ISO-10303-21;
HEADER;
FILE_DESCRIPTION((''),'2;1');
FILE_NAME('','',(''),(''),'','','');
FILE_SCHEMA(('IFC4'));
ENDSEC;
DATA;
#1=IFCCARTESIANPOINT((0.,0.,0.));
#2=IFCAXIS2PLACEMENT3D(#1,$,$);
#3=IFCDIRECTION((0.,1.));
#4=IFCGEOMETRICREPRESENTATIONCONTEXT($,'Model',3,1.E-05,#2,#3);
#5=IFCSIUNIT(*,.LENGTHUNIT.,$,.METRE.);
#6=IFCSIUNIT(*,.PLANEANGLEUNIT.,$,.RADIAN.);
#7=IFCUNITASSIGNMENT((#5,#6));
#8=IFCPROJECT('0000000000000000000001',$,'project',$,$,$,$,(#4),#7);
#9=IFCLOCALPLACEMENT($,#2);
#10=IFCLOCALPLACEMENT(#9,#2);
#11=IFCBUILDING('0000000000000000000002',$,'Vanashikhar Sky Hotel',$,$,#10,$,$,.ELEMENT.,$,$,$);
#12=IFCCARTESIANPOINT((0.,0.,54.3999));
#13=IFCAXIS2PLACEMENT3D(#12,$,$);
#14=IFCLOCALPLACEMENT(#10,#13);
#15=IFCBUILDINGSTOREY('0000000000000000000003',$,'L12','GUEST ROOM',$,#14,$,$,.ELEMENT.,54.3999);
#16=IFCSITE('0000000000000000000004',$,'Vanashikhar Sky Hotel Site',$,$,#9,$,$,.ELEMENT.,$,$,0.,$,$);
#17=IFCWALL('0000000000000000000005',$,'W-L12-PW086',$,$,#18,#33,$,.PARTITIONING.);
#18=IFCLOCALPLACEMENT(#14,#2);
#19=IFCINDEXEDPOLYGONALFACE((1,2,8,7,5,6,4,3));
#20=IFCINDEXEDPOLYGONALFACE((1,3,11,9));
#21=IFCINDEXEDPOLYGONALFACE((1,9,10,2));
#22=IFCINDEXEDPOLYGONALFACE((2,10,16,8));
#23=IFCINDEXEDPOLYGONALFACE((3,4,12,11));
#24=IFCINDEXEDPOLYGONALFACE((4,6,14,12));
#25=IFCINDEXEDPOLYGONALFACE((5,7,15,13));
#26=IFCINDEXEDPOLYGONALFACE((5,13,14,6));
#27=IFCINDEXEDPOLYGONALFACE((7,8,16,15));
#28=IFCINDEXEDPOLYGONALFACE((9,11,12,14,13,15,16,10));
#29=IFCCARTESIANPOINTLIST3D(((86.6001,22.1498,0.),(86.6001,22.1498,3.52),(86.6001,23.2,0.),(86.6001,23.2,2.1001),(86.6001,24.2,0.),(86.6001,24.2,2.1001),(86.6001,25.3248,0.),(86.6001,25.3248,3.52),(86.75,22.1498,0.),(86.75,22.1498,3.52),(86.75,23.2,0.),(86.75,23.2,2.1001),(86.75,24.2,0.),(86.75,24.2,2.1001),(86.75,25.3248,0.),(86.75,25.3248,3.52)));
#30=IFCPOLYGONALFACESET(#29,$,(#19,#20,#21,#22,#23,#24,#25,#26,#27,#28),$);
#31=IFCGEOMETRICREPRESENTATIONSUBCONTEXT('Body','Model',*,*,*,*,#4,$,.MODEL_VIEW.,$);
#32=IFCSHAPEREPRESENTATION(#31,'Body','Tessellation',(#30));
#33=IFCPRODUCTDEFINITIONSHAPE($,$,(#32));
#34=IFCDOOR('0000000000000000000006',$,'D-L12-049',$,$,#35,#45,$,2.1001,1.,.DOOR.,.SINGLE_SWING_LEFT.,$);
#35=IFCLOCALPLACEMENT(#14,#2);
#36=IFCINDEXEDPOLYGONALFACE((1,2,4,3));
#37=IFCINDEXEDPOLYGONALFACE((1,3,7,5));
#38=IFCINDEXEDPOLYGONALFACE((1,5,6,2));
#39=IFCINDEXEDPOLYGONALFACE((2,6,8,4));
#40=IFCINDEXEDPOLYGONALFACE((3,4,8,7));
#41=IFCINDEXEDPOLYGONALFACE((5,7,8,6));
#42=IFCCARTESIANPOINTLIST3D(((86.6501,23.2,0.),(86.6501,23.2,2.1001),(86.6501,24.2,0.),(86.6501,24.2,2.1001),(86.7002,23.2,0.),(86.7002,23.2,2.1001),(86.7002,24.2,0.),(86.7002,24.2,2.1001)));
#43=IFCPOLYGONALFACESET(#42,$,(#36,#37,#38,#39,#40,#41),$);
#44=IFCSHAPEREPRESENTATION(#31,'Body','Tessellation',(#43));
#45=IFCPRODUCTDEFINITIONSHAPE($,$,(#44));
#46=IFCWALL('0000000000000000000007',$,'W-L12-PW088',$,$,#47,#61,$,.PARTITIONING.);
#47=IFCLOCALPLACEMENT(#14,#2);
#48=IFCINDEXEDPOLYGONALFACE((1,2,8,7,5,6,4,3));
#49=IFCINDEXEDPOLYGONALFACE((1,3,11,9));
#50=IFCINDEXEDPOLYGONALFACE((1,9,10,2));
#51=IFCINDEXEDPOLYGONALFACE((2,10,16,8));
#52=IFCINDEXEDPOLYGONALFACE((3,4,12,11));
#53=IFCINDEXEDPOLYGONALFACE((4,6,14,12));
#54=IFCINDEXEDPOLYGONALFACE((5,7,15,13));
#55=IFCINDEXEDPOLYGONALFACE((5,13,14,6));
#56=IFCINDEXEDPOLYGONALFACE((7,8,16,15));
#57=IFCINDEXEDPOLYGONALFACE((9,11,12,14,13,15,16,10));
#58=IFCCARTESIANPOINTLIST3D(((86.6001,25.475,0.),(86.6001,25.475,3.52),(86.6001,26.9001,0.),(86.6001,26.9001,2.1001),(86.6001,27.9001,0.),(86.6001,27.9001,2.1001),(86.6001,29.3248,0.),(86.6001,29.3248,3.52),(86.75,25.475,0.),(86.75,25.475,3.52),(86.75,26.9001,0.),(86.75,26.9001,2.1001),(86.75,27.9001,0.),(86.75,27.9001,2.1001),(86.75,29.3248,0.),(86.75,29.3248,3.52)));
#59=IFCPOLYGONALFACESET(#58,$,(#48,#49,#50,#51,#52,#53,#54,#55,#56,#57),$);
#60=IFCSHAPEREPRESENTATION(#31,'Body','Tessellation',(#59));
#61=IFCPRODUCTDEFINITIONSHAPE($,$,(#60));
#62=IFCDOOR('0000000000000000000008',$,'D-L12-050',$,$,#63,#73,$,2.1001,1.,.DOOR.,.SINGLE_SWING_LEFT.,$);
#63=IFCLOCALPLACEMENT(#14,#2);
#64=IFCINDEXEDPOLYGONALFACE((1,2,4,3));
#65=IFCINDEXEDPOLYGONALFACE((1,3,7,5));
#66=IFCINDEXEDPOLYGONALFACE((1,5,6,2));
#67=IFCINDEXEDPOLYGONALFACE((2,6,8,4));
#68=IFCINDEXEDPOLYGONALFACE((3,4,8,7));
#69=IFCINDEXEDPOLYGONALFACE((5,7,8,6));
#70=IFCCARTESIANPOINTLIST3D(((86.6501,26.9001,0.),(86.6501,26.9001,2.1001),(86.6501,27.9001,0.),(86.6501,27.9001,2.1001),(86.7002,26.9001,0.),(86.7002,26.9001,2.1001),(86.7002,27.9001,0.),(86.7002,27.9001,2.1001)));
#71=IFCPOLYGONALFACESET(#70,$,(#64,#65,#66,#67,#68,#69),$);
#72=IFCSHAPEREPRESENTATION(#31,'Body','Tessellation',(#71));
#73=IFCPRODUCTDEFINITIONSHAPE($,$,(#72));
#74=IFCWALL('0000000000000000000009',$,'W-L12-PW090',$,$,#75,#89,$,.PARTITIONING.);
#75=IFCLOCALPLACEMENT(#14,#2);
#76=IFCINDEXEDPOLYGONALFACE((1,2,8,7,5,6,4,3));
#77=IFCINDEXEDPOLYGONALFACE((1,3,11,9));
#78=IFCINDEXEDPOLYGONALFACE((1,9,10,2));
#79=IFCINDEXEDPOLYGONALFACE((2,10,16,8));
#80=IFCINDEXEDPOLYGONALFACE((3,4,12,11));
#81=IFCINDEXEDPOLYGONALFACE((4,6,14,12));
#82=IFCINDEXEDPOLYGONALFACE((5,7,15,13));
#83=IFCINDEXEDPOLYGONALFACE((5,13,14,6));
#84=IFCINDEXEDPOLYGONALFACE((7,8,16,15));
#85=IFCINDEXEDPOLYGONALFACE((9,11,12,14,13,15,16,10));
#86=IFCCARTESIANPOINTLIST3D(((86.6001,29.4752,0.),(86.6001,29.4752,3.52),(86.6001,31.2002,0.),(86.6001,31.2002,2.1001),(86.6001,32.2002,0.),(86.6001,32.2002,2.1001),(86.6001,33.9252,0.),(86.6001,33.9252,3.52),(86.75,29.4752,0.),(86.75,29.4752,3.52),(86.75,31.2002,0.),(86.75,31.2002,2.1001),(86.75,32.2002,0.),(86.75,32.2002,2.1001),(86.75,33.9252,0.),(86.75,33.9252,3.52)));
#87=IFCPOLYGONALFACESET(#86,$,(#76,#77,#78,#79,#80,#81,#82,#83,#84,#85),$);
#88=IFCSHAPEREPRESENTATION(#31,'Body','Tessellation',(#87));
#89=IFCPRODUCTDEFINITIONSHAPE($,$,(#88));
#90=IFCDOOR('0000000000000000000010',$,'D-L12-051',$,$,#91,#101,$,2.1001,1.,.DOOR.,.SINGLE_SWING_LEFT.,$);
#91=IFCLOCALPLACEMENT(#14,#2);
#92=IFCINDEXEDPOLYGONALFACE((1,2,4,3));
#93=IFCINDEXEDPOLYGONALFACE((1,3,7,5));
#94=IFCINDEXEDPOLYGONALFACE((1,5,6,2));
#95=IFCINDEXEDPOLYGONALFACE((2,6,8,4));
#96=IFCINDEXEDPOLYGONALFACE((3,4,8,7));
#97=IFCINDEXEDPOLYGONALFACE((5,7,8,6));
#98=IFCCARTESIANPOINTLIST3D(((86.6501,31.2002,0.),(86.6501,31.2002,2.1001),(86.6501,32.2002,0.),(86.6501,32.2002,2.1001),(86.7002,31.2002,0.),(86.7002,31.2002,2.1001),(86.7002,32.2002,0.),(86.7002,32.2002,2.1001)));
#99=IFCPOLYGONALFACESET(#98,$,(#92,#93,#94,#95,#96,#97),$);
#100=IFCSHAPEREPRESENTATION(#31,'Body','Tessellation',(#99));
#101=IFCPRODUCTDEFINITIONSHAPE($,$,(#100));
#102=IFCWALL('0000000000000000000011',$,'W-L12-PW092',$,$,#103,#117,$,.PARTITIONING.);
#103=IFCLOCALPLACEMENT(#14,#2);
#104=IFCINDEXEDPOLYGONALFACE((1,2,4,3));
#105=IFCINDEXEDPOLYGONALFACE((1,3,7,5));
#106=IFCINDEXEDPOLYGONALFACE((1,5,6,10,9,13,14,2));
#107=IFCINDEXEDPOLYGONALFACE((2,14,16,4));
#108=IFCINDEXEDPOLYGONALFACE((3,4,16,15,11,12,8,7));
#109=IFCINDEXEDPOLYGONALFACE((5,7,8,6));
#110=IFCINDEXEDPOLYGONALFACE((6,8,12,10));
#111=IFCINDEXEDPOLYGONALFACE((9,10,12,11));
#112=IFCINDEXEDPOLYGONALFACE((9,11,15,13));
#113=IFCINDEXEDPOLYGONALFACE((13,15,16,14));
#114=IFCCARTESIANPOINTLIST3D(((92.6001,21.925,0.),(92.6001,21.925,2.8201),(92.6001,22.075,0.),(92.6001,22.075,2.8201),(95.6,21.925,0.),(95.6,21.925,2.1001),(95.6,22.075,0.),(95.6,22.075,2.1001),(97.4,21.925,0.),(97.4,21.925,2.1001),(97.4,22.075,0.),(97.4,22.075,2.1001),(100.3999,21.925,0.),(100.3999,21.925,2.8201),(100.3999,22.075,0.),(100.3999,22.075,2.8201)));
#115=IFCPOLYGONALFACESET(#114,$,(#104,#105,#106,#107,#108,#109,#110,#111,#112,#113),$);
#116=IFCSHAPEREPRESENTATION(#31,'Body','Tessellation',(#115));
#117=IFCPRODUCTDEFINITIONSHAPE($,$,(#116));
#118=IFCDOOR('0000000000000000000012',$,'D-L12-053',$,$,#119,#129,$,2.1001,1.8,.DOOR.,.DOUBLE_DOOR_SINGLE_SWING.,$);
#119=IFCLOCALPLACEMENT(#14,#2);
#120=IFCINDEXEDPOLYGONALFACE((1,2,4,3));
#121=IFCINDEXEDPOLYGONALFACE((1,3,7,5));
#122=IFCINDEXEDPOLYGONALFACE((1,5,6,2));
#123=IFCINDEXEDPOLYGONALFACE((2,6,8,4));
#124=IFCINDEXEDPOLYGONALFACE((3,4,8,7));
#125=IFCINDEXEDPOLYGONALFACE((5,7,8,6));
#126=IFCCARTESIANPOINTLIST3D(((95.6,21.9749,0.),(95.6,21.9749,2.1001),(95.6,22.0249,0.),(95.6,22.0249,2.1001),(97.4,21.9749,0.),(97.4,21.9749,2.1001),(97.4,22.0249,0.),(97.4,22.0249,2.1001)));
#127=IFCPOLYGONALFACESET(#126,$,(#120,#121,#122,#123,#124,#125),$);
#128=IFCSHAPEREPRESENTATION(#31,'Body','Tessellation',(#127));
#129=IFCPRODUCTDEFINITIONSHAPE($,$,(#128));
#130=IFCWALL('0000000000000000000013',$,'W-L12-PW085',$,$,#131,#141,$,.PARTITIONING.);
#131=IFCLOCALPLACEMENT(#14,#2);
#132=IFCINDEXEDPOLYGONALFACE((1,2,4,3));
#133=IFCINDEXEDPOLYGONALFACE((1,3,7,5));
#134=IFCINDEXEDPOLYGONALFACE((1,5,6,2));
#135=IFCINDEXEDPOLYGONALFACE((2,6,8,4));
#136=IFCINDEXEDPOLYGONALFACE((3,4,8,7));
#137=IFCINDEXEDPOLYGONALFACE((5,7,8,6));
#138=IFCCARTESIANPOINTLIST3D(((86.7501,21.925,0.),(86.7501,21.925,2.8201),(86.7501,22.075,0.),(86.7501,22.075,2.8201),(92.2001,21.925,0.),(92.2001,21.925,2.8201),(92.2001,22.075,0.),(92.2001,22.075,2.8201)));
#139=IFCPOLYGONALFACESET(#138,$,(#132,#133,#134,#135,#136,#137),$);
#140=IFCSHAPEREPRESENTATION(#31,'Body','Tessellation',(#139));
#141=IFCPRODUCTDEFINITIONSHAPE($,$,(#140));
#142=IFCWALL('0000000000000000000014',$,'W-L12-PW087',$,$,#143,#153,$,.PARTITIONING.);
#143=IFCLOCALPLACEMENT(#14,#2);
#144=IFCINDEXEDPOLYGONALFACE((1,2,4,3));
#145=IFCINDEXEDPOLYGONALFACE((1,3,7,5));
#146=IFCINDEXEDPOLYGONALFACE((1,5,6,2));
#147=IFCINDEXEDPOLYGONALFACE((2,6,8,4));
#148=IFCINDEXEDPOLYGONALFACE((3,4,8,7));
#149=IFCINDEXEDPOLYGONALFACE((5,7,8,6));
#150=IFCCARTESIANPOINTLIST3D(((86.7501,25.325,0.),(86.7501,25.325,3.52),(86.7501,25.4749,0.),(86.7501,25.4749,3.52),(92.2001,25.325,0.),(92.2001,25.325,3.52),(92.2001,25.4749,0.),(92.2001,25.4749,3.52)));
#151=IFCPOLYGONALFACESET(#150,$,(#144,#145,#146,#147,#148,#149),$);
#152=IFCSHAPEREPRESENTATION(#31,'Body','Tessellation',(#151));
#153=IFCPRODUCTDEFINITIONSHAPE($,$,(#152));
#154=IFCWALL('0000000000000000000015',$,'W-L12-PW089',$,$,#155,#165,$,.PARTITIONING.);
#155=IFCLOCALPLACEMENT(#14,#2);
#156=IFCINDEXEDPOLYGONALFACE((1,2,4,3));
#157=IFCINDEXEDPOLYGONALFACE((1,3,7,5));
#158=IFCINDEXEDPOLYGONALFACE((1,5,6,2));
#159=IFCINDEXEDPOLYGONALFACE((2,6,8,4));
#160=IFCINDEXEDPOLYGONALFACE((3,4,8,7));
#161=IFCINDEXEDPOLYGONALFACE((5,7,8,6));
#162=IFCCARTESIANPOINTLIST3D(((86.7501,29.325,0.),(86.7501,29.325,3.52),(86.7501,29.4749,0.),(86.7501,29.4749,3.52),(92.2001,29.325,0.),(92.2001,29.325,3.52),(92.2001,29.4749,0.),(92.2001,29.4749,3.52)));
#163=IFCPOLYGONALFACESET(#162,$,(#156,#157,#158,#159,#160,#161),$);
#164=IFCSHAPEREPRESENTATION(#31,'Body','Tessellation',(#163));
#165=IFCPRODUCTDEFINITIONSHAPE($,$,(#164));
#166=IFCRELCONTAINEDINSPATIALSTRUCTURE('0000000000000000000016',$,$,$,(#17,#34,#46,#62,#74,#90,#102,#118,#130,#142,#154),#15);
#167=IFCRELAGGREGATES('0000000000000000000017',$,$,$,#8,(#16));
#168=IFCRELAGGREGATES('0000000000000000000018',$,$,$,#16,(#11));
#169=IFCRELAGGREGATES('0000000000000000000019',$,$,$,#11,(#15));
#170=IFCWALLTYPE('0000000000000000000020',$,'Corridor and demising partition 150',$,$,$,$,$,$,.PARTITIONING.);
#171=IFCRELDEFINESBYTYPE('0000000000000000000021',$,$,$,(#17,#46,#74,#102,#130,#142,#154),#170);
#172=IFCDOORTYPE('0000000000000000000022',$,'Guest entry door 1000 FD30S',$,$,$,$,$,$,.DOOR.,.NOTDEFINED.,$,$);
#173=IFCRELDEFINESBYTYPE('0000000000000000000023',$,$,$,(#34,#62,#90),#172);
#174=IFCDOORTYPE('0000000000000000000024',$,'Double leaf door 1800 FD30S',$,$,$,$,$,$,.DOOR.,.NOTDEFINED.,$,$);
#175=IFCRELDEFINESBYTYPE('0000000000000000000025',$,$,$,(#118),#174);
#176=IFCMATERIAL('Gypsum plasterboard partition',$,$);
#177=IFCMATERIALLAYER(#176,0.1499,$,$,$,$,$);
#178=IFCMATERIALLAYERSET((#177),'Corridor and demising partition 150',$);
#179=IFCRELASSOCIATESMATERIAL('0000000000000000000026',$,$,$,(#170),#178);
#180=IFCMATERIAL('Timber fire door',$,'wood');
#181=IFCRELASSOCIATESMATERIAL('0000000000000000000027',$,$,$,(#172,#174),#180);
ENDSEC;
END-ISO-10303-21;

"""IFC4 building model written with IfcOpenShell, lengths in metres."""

from ifc_helpers import new_model, si_unit, direction, frame, frame_2d, origin, place, context, subcontext, project, spatial, rectangle, extrude, source, transform, mapped, material, layer, layer_set, type_object, element, fill, save


model = new_model("IFC4")

# Units and contexts
model_context = context("Model", 3, precision=1e-05, world=origin(), true_north=direction((0.0, 1.0)))
body_context = subcontext(model_context, "Body", "Model", "MODEL_VIEW")
ifc_project = project(units=[si_unit("LENGTHUNIT", "METRE"), si_unit("PLANEANGLEUNIT", "RADIAN")], contexts=[model_context])

# Site, building, storey
site_placement = place(None, origin())
site = spatial("IfcSite", under=ifc_project, at=site_placement, Name="Vanashikhar Sky Hotel Site", CompositionType="ELEMENT", RefElevation=0.0)
building_placement = place(site_placement, origin())
building = spatial("IfcBuilding", under=site, at=building_placement, Name="Vanashikhar Sky Hotel", CompositionType="ELEMENT")
storey_placement = place(building_placement, frame((0.0, 0.0, 54.3999)))
storey = spatial("IfcBuildingStorey", under=building, at=storey_placement, Name="L12", Description="GUEST ROOM", CompositionType="ELEMENT", Elevation=54.3999)

# Walls, openings, doors
ifc_material_1 = material(Name="Gypsum plasterboard partition")
ifc_layer_1 = layer(ifc_material_1, 0.1499)
ifc_layer_set_1 = layer_set([ifc_layer_1], Name="Corridor and demising partition 150")
wall_type_1 = type_object("IfcWallType", Name="Corridor and demising partition 150", PredefinedType="PARTITIONING", material=ifc_layer_set_1)
shared_shape_1 = source(origin(), body_context, "Body", "SweptSolid", [
    extrude(rectangle(XDim=3.175, YDim=0.1499, at=frame_2d((1.5874, 0.0))), origin(), (0.0, 0.0, 1.0), 3.52),
])
wall_1_placement = place(storey_placement, frame((86.675, 22.1499, 0.0), z_axis=(0.0, 0.0, 1.0), x_axis=(0.0, 1.0, 0.0)))
wall_1 = element("IfcWall", 1, at=wall_1_placement, inside=storey, type_object=wall_type_1, Name="W-L12-PW086", PredefinedType="PARTITIONING", context=body_context, shape_type="MappedRepresentation", body=[
    mapped(shared_shape_1, transform((0.0, 0.0, 0.0), scale=1.0)),
])
shared_shape_2 = source(origin(), body_context, "Body", "SweptSolid", [
    extrude(rectangle(XDim=1.0, YDim=2.1001, at=frame_2d((0.5, 1.05))), frame((0.0, 0.085, 0.0), z_axis=(0.0, -1.0, 0.0), x_axis=(1.0, 0.0, 0.0)), (0.0, 0.0, 1.0), 0.1699),
])
opening_1_placement = place(wall_1_placement, frame((1.05, 0.0, 0.0)))
opening_1 = element("IfcOpeningElement", 2, at=opening_1_placement, cuts=wall_1, PredefinedType="OPENING", context=body_context, shape_type="MappedRepresentation", body=[
    mapped(shared_shape_2, transform((0.0, 0.0, 0.0), scale=1.0)),
])
ifc_material_2 = material(Name="Timber fire door", Category="wood")
door_type_1 = type_object("IfcDoorType", Name="Guest entry door 1000 FD30S", OperationType="NOTDEFINED", PredefinedType="DOOR", material=ifc_material_2)
shared_shape_3 = source(origin(), body_context, "Body", "SweptSolid", [
    extrude(rectangle(XDim=1.0, YDim=2.1001, at=frame_2d((0.5, 1.05))), frame((0.0, 0.0249, 0.0), z_axis=(0.0, -1.0, 0.0), x_axis=(1.0, 0.0, 0.0)), (0.0, 0.0, 1.0), 0.05),
])
door_1_placement = place(opening_1_placement, origin())
door_1 = element("IfcDoor", 3, at=door_1_placement, inside=storey, type_object=door_type_1, Name="D-L12-049", OperationType="SINGLE_SWING_LEFT", OverallHeight=2.1001, OverallWidth=1.0, PredefinedType="DOOR", context=body_context, shape_type="MappedRepresentation", body=[
    mapped(shared_shape_3, transform((0.0, 0.0, 0.0), scale=1.0)),
])
fill(opening_1, door_1)
shared_shape_4 = source(origin(), body_context, "Body", "SweptSolid", [
    extrude(rectangle(XDim=3.8499, YDim=0.1499, at=frame_2d((1.9248, 0.0))), origin(), (0.0, 0.0, 1.0), 3.52),
])
wall_2_placement = place(storey_placement, frame((86.675, 25.4751, 0.0), z_axis=(0.0, 0.0, 1.0), x_axis=(0.0, 1.0, 0.0)))
wall_2 = element("IfcWall", 4, at=wall_2_placement, inside=storey, type_object=wall_type_1, Name="W-L12-PW088", PredefinedType="PARTITIONING", context=body_context, shape_type="MappedRepresentation", body=[
    mapped(shared_shape_4, transform((0.0, 0.0, 0.0), scale=1.0)),
])
opening_2_placement = place(wall_2_placement, frame((1.425, 0.0, 0.0)))
opening_2 = element("IfcOpeningElement", 5, at=opening_2_placement, cuts=wall_2, PredefinedType="OPENING", context=body_context, shape_type="MappedRepresentation", body=[
    mapped(shared_shape_2, transform((0.0, 0.0, 0.0), scale=1.0)),
])
door_2_placement = place(opening_2_placement, origin())
door_2 = element("IfcDoor", 6, at=door_2_placement, inside=storey, type_object=door_type_1, Name="D-L12-050", OperationType="SINGLE_SWING_LEFT", OverallHeight=2.1001, OverallWidth=1.0, PredefinedType="DOOR", context=body_context, shape_type="MappedRepresentation", body=[
    mapped(shared_shape_3, transform((0.0, 0.0, 0.0), scale=1.0)),
])
fill(opening_2, door_2)
shared_shape_5 = source(origin(), body_context, "Body", "SweptSolid", [
    extrude(rectangle(XDim=4.45, YDim=0.1499, at=frame_2d((2.2251, 0.0))), origin(), (0.0, 0.0, 1.0), 3.52),
])
wall_3_placement = place(storey_placement, frame((86.675, 29.4751, 0.0), z_axis=(0.0, 0.0, 1.0), x_axis=(0.0, 1.0, 0.0)))
wall_3 = element("IfcWall", 7, at=wall_3_placement, inside=storey, type_object=wall_type_1, Name="W-L12-PW090", PredefinedType="PARTITIONING", context=body_context, shape_type="MappedRepresentation", body=[
    mapped(shared_shape_5, transform((0.0, 0.0, 0.0), scale=1.0)),
])
opening_3_placement = place(wall_3_placement, frame((1.7251, 0.0, 0.0)))
opening_3 = element("IfcOpeningElement", 8, at=opening_3_placement, cuts=wall_3, PredefinedType="OPENING", context=body_context, shape_type="MappedRepresentation", body=[
    mapped(shared_shape_2, transform((0.0, 0.0, 0.0), scale=1.0)),
])
door_3_placement = place(opening_3_placement, origin())
door_3 = element("IfcDoor", 9, at=door_3_placement, inside=storey, type_object=door_type_1, Name="D-L12-051", OperationType="SINGLE_SWING_LEFT", OverallHeight=2.1001, OverallWidth=1.0, PredefinedType="DOOR", context=body_context, shape_type="MappedRepresentation", body=[
    mapped(shared_shape_3, transform((0.0, 0.0, 0.0), scale=1.0)),
])
fill(opening_3, door_3)
shared_shape_6 = source(origin(), body_context, "Body", "SweptSolid", [
    extrude(rectangle(XDim=7.7998, YDim=0.1499, at=frame_2d((3.8999, 0.0))), origin(), (0.0, 0.0, 1.0), 2.8201),
])
wall_4_placement = place(storey_placement, frame((92.6001, 22.0, 0.0), z_axis=(0.0, 0.0, 1.0), x_axis=(1.0, 0.0, 0.0)))
wall_4 = element("IfcWall", 10, at=wall_4_placement, inside=storey, type_object=wall_type_1, Name="W-L12-PW092", PredefinedType="PARTITIONING", context=body_context, shape_type="MappedRepresentation", body=[
    mapped(shared_shape_6, transform((0.0, 0.0, 0.0), scale=1.0)),
])
shared_shape_7 = source(origin(), body_context, "Body", "SweptSolid", [
    extrude(rectangle(XDim=1.8, YDim=2.1001, at=frame_2d((0.8999, 1.05))), frame((0.0, 0.085, 0.0), z_axis=(0.0, -1.0, 0.0), x_axis=(1.0, 0.0, 0.0)), (0.0, 0.0, 1.0), 0.1699),
])
opening_4_placement = place(wall_4_placement, frame((3.0, 0.0, 0.0)))
opening_4 = element("IfcOpeningElement", 11, at=opening_4_placement, cuts=wall_4, PredefinedType="OPENING", context=body_context, shape_type="MappedRepresentation", body=[
    mapped(shared_shape_7, transform((0.0, 0.0, 0.0), scale=1.0)),
])
door_type_2 = type_object("IfcDoorType", Name="Double leaf door 1800 FD30S", OperationType="NOTDEFINED", PredefinedType="DOOR", material=ifc_material_2)
shared_shape_8 = source(origin(), body_context, "Body", "SweptSolid", [
    extrude(rectangle(XDim=1.8, YDim=2.1001, at=frame_2d((0.8999, 1.05))), frame((0.0, 0.0249, 0.0), z_axis=(0.0, -1.0, 0.0), x_axis=(1.0, 0.0, 0.0)), (0.0, 0.0, 1.0), 0.05),
])
door_4_placement = place(opening_4_placement, origin())
door_4 = element("IfcDoor", 12, at=door_4_placement, inside=storey, type_object=door_type_2, Name="D-L12-053", OperationType="DOUBLE_DOOR_SINGLE_SWING", OverallHeight=2.1001, OverallWidth=1.8, PredefinedType="DOOR", context=body_context, shape_type="MappedRepresentation", body=[
    mapped(shared_shape_8, transform((0.0, 0.0, 0.0), scale=1.0)),
])
fill(opening_4, door_4)

# Walls
shared_shape_9 = source(origin(), body_context, "Body", "SweptSolid", [
    extrude(rectangle(XDim=5.45, YDim=0.1499, at=frame_2d((2.7251, 0.0))), origin(), (0.0, 0.0, 1.0), 2.8201),
])
wall_5_placement = place(storey_placement, frame((86.75, 22.0, 0.0), z_axis=(0.0, 0.0, 1.0), x_axis=(1.0, 0.0, 0.0)))
element("IfcWall", 13, at=wall_5_placement, inside=storey, type_object=wall_type_1, Name="W-L12-PW085", PredefinedType="PARTITIONING", context=body_context, shape_type="MappedRepresentation", body=[
    mapped(shared_shape_9, transform((0.0, 0.0, 0.0), scale=1.0)),
])
shared_shape_10 = source(origin(), body_context, "Body", "SweptSolid", [
    extrude(rectangle(XDim=5.45, YDim=0.1499, at=frame_2d((2.7251, 0.0))), origin(), (0.0, 0.0, 1.0), 3.52),
])
for number, where, z_axis, x_axis, name in (
    (14, (86.75, 25.3999, 0.0), (0.0, 0.0, 1.0), (1.0, 0.0, 0.0), "W-L12-PW087"),
    (15, (86.75, 29.3999, 0.0), (0.0, 0.0, 1.0), (1.0, 0.0, 0.0), "W-L12-PW089"),
):
    element("IfcWall", number, at=place(storey_placement, frame(where, z_axis=z_axis, x_axis=x_axis)), inside=storey, type_object=wall_type_1, Name=name, PredefinedType="PARTITIONING", context=body_context, shape_type="MappedRepresentation", body=[
        mapped(shared_shape_10, transform((0.0, 0.0, 0.0), scale=1.0)),
    ])

save(model, "model.ifc")
